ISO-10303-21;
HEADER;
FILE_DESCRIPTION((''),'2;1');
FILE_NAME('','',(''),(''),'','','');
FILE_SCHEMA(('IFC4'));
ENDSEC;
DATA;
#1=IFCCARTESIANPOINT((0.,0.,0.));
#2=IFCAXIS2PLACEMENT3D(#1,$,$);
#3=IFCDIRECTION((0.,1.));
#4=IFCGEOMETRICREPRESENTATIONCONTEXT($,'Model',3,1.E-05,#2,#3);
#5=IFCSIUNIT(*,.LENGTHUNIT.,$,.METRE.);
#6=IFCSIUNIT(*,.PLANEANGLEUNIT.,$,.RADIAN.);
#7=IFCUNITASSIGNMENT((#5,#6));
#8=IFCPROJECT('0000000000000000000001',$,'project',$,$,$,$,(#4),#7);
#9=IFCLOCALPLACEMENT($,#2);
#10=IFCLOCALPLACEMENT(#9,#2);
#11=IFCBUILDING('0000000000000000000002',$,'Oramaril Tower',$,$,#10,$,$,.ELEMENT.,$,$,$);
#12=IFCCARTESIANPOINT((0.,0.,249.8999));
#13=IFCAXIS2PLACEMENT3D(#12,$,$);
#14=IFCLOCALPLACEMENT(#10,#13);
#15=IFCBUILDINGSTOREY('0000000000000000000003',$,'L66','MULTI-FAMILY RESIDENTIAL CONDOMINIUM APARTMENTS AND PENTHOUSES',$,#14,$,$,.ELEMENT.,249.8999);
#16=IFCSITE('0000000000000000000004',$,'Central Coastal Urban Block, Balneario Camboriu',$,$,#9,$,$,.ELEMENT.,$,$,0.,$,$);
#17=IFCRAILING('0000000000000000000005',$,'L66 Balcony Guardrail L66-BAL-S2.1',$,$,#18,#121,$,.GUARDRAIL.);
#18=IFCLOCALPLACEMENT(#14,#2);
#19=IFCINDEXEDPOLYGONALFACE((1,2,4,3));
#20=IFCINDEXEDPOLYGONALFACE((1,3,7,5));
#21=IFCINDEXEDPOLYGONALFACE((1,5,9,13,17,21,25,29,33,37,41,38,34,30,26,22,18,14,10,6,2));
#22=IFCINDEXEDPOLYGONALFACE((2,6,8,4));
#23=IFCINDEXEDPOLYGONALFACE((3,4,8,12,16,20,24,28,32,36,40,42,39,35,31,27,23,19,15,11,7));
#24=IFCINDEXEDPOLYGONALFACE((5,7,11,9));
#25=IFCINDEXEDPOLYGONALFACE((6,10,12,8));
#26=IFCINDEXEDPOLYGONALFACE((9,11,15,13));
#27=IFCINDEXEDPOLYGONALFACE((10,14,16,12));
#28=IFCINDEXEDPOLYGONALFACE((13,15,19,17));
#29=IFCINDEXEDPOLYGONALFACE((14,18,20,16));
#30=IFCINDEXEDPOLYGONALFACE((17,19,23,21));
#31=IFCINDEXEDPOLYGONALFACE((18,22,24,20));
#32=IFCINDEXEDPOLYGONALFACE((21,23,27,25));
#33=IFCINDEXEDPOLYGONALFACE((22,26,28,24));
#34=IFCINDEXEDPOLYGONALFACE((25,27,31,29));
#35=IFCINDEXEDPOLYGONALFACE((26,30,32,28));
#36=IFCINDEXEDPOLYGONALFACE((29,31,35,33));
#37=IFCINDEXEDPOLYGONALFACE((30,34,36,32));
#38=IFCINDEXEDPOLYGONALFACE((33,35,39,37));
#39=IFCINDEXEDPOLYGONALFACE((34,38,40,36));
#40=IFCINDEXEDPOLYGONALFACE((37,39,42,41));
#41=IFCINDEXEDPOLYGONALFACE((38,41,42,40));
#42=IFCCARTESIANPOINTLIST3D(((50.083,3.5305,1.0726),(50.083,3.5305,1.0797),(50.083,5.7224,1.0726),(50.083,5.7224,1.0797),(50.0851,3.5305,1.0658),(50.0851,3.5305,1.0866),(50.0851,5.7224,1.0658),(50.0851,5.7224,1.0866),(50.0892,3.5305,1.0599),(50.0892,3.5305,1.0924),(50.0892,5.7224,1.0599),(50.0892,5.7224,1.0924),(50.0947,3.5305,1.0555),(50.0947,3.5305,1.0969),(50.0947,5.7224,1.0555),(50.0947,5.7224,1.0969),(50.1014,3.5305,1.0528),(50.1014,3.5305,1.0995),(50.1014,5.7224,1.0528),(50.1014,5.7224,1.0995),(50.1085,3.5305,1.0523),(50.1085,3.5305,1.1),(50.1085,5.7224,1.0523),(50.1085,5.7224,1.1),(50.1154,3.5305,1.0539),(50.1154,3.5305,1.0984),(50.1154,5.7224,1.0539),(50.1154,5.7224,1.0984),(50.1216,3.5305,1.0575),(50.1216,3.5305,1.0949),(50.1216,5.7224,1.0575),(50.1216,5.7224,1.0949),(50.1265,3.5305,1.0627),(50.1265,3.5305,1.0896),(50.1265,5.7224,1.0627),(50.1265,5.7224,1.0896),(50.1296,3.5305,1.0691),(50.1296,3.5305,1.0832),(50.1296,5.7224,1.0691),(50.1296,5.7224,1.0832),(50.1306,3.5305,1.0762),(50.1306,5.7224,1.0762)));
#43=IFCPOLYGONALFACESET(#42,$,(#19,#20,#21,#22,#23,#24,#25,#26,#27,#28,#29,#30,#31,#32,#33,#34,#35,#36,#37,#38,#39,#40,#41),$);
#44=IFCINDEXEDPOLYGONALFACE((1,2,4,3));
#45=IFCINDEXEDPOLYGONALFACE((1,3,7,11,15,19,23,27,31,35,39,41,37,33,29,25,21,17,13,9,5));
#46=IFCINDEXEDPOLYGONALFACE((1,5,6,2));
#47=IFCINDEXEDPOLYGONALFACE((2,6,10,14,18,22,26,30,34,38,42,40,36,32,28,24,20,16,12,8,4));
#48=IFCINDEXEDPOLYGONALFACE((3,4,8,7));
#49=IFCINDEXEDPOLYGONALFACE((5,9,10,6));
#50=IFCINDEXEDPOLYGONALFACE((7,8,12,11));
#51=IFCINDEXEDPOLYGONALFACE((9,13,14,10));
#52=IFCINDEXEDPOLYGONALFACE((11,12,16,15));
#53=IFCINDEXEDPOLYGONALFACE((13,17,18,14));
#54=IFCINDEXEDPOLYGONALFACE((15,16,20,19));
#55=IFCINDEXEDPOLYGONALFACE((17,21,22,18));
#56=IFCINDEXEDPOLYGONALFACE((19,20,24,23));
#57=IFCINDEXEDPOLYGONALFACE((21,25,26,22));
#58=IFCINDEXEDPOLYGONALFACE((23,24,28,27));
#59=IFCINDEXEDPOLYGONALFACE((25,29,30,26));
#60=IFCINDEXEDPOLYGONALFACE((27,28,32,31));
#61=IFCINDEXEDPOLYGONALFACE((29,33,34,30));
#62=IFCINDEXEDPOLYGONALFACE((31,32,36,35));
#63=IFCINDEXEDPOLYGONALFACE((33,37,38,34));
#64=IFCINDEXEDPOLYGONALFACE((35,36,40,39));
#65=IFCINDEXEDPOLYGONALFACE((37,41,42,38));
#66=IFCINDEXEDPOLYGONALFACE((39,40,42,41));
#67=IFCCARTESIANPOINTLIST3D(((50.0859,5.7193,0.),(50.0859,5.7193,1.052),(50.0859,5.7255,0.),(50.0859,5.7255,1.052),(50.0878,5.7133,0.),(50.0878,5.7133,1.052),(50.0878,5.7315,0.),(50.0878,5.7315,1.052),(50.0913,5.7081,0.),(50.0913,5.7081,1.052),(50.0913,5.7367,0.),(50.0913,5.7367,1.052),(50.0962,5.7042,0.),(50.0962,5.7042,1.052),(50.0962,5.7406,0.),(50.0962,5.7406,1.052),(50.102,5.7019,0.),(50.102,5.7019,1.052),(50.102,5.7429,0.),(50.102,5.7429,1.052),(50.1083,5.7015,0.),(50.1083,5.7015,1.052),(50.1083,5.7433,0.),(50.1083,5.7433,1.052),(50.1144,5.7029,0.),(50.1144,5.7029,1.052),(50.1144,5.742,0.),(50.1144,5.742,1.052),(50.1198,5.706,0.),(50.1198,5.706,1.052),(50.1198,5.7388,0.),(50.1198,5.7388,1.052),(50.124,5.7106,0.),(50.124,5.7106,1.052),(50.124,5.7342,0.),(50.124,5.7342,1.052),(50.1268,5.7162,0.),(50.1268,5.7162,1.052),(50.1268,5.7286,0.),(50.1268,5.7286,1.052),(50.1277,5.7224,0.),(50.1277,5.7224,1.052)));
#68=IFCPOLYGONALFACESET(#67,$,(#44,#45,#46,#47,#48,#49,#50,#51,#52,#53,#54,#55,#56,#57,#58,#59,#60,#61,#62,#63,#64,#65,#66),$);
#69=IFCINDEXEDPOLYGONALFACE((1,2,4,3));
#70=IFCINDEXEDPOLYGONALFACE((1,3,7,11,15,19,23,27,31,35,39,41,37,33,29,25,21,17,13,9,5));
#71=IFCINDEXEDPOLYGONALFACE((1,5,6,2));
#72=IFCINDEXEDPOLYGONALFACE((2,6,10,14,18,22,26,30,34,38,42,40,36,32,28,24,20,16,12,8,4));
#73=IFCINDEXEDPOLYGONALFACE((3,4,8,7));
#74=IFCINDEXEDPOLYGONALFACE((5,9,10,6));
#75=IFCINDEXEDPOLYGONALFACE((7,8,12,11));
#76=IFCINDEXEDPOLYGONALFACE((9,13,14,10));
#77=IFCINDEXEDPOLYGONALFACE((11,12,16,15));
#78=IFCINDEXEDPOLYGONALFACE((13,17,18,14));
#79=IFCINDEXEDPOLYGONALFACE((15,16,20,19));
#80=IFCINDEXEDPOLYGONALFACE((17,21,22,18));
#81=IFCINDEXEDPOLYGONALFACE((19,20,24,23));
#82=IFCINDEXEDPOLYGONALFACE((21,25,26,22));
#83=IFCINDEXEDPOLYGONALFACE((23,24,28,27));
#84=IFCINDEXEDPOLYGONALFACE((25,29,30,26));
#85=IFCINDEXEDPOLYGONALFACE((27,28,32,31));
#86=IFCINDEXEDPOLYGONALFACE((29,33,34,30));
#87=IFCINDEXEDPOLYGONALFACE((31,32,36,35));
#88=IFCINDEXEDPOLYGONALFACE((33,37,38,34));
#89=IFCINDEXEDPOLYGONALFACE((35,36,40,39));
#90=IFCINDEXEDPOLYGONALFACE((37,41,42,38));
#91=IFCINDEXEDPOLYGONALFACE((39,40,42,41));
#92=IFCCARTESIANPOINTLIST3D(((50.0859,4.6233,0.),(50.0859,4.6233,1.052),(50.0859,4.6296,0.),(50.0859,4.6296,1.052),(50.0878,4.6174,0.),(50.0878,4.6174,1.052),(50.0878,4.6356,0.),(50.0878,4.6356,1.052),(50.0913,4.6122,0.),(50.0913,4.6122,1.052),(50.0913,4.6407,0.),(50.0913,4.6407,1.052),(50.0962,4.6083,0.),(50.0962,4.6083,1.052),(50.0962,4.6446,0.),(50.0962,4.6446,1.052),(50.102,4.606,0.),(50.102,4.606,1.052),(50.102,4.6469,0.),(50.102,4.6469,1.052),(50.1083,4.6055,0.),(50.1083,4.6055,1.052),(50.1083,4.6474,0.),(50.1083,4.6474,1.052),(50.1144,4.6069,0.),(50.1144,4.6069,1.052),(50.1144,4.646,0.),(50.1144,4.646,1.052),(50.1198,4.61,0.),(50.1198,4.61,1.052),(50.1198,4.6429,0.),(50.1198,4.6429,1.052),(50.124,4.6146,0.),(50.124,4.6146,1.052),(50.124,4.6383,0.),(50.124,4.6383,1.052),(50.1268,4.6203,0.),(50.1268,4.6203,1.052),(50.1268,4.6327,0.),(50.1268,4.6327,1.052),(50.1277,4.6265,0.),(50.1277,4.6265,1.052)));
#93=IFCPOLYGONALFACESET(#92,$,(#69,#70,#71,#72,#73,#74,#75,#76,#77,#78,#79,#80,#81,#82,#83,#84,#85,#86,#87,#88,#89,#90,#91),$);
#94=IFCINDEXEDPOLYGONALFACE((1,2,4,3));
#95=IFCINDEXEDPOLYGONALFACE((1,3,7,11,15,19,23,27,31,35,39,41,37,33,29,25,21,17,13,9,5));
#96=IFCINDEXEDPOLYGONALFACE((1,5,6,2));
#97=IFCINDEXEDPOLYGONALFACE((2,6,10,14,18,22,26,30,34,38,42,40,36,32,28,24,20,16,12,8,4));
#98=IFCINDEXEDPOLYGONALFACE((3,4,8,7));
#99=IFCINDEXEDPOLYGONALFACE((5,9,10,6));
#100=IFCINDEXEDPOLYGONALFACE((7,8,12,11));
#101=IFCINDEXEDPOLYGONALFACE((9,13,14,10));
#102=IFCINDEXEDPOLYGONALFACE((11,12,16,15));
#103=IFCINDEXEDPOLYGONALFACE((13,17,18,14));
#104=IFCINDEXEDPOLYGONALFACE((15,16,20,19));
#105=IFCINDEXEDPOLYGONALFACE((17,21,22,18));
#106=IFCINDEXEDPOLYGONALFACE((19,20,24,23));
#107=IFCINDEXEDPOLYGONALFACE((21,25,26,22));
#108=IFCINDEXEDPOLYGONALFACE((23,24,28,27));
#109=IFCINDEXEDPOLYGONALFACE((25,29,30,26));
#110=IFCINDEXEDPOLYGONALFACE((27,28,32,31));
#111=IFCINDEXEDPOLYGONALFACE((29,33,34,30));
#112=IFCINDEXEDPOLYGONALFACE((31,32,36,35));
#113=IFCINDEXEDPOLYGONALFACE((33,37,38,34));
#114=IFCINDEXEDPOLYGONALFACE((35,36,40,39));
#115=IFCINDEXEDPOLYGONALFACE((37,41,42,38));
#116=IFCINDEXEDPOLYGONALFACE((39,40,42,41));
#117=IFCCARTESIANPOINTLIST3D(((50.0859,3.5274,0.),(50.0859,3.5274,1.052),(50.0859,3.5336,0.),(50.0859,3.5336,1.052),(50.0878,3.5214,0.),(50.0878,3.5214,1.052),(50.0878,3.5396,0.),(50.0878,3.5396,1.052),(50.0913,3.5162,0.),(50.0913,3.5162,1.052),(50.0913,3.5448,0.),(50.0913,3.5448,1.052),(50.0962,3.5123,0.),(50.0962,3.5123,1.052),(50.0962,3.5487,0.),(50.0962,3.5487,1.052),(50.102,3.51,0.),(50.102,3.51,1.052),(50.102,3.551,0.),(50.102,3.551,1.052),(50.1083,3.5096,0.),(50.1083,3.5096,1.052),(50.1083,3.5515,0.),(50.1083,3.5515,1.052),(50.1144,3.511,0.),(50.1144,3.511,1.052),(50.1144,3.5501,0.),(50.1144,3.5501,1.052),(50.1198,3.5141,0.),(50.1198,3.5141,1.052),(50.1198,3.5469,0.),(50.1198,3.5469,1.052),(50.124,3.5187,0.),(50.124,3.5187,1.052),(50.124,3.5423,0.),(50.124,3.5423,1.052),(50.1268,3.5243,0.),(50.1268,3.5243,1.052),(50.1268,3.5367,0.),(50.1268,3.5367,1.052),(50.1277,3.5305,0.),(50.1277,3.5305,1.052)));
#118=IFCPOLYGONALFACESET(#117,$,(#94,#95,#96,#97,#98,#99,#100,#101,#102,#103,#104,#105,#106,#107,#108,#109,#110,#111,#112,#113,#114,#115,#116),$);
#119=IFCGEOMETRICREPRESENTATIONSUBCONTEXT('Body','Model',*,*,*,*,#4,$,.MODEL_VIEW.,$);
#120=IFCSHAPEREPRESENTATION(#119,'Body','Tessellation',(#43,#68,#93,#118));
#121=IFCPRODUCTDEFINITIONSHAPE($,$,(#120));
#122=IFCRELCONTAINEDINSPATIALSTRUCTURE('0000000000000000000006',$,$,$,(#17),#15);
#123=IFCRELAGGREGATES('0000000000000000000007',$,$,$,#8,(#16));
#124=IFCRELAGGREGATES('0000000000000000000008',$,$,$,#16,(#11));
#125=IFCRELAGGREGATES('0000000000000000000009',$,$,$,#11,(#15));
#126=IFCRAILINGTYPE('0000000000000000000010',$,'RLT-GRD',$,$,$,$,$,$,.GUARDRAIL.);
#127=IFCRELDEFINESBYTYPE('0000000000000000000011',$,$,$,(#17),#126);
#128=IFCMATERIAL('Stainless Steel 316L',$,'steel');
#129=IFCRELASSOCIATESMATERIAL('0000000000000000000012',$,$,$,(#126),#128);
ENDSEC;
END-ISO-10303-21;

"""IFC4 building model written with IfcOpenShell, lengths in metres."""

from ifc_helpers import new_model, si_unit, direction, frame, origin, origin_2d, place, context, subcontext, project, spatial, circle, extrude, material, type_object, element, save


model = new_model("IFC4")

# Units and contexts
model_context = context("Model", 3, precision=1e-05, world=origin(), true_north=direction((0.0, 1.0)))
body_context = subcontext(model_context, "Body", "Model", "MODEL_VIEW")
ifc_project = project(units=[si_unit("LENGTHUNIT", "METRE"), si_unit("PLANEANGLEUNIT", "RADIAN")], contexts=[model_context])

# Site, building, storey
site_placement = place(None, origin())
site = spatial("IfcSite", under=ifc_project, at=site_placement, Name="Central Coastal Urban Block, Balneario Camboriu", CompositionType="ELEMENT", RefElevation=0.0)
building_placement = place(site_placement, origin())
building = spatial("IfcBuilding", under=site, at=building_placement, Name="Oramaril Tower", CompositionType="ELEMENT")
storey_placement = place(building_placement, frame((0.0, 0.0, 249.8999)))
storey = spatial("IfcBuildingStorey", under=building, at=storey_placement, Name="L66", Description="MULTI-FAMILY RESIDENTIAL CONDOMINIUM APARTMENTS AND PENTHOUSES", CompositionType="ELEMENT", Elevation=249.8999)

# Railing
ifc_material_1 = material(Name="Stainless Steel 316L", Category="steel")
railing_type = type_object("IfcRailingType", Name="RLT-GRD", PredefinedType="GUARDRAIL", material=ifc_material_1)
railing_1_placement = place(storey_placement, frame((50.1067, 5.7224, 0.0)))
element("IfcRailing", 1, at=railing_1_placement, inside=storey, type_object=railing_type, Name="L66 Balcony Guardrail L66-BAL-S2.1", PredefinedType="GUARDRAIL", context=body_context, shape_type="SweptSolid", body=[
    extrude(circle(Radius=0.0239, at=origin_2d()), frame((0.0, 0.0, 1.0762), z_axis=(0.0, -1.0, 0.0), x_axis=(1.0, 0.0, 0.0)), (0.0, 0.0, 1.0), 2.1919),
    extrude(circle(Radius=0.021, at=origin_2d()), origin(), (0.0, 0.0, 1.0), 1.052),
    extrude(circle(Radius=0.021, at=origin_2d()), frame((0.0, -1.0959, 0.0)), (0.0, 0.0, 1.0), 1.052),
    extrude(circle(Radius=0.021, at=origin_2d()), frame((0.0, -2.1919, 0.0)), (0.0, 0.0, 1.0), 1.052),
])

save(model, "model.ifc")
